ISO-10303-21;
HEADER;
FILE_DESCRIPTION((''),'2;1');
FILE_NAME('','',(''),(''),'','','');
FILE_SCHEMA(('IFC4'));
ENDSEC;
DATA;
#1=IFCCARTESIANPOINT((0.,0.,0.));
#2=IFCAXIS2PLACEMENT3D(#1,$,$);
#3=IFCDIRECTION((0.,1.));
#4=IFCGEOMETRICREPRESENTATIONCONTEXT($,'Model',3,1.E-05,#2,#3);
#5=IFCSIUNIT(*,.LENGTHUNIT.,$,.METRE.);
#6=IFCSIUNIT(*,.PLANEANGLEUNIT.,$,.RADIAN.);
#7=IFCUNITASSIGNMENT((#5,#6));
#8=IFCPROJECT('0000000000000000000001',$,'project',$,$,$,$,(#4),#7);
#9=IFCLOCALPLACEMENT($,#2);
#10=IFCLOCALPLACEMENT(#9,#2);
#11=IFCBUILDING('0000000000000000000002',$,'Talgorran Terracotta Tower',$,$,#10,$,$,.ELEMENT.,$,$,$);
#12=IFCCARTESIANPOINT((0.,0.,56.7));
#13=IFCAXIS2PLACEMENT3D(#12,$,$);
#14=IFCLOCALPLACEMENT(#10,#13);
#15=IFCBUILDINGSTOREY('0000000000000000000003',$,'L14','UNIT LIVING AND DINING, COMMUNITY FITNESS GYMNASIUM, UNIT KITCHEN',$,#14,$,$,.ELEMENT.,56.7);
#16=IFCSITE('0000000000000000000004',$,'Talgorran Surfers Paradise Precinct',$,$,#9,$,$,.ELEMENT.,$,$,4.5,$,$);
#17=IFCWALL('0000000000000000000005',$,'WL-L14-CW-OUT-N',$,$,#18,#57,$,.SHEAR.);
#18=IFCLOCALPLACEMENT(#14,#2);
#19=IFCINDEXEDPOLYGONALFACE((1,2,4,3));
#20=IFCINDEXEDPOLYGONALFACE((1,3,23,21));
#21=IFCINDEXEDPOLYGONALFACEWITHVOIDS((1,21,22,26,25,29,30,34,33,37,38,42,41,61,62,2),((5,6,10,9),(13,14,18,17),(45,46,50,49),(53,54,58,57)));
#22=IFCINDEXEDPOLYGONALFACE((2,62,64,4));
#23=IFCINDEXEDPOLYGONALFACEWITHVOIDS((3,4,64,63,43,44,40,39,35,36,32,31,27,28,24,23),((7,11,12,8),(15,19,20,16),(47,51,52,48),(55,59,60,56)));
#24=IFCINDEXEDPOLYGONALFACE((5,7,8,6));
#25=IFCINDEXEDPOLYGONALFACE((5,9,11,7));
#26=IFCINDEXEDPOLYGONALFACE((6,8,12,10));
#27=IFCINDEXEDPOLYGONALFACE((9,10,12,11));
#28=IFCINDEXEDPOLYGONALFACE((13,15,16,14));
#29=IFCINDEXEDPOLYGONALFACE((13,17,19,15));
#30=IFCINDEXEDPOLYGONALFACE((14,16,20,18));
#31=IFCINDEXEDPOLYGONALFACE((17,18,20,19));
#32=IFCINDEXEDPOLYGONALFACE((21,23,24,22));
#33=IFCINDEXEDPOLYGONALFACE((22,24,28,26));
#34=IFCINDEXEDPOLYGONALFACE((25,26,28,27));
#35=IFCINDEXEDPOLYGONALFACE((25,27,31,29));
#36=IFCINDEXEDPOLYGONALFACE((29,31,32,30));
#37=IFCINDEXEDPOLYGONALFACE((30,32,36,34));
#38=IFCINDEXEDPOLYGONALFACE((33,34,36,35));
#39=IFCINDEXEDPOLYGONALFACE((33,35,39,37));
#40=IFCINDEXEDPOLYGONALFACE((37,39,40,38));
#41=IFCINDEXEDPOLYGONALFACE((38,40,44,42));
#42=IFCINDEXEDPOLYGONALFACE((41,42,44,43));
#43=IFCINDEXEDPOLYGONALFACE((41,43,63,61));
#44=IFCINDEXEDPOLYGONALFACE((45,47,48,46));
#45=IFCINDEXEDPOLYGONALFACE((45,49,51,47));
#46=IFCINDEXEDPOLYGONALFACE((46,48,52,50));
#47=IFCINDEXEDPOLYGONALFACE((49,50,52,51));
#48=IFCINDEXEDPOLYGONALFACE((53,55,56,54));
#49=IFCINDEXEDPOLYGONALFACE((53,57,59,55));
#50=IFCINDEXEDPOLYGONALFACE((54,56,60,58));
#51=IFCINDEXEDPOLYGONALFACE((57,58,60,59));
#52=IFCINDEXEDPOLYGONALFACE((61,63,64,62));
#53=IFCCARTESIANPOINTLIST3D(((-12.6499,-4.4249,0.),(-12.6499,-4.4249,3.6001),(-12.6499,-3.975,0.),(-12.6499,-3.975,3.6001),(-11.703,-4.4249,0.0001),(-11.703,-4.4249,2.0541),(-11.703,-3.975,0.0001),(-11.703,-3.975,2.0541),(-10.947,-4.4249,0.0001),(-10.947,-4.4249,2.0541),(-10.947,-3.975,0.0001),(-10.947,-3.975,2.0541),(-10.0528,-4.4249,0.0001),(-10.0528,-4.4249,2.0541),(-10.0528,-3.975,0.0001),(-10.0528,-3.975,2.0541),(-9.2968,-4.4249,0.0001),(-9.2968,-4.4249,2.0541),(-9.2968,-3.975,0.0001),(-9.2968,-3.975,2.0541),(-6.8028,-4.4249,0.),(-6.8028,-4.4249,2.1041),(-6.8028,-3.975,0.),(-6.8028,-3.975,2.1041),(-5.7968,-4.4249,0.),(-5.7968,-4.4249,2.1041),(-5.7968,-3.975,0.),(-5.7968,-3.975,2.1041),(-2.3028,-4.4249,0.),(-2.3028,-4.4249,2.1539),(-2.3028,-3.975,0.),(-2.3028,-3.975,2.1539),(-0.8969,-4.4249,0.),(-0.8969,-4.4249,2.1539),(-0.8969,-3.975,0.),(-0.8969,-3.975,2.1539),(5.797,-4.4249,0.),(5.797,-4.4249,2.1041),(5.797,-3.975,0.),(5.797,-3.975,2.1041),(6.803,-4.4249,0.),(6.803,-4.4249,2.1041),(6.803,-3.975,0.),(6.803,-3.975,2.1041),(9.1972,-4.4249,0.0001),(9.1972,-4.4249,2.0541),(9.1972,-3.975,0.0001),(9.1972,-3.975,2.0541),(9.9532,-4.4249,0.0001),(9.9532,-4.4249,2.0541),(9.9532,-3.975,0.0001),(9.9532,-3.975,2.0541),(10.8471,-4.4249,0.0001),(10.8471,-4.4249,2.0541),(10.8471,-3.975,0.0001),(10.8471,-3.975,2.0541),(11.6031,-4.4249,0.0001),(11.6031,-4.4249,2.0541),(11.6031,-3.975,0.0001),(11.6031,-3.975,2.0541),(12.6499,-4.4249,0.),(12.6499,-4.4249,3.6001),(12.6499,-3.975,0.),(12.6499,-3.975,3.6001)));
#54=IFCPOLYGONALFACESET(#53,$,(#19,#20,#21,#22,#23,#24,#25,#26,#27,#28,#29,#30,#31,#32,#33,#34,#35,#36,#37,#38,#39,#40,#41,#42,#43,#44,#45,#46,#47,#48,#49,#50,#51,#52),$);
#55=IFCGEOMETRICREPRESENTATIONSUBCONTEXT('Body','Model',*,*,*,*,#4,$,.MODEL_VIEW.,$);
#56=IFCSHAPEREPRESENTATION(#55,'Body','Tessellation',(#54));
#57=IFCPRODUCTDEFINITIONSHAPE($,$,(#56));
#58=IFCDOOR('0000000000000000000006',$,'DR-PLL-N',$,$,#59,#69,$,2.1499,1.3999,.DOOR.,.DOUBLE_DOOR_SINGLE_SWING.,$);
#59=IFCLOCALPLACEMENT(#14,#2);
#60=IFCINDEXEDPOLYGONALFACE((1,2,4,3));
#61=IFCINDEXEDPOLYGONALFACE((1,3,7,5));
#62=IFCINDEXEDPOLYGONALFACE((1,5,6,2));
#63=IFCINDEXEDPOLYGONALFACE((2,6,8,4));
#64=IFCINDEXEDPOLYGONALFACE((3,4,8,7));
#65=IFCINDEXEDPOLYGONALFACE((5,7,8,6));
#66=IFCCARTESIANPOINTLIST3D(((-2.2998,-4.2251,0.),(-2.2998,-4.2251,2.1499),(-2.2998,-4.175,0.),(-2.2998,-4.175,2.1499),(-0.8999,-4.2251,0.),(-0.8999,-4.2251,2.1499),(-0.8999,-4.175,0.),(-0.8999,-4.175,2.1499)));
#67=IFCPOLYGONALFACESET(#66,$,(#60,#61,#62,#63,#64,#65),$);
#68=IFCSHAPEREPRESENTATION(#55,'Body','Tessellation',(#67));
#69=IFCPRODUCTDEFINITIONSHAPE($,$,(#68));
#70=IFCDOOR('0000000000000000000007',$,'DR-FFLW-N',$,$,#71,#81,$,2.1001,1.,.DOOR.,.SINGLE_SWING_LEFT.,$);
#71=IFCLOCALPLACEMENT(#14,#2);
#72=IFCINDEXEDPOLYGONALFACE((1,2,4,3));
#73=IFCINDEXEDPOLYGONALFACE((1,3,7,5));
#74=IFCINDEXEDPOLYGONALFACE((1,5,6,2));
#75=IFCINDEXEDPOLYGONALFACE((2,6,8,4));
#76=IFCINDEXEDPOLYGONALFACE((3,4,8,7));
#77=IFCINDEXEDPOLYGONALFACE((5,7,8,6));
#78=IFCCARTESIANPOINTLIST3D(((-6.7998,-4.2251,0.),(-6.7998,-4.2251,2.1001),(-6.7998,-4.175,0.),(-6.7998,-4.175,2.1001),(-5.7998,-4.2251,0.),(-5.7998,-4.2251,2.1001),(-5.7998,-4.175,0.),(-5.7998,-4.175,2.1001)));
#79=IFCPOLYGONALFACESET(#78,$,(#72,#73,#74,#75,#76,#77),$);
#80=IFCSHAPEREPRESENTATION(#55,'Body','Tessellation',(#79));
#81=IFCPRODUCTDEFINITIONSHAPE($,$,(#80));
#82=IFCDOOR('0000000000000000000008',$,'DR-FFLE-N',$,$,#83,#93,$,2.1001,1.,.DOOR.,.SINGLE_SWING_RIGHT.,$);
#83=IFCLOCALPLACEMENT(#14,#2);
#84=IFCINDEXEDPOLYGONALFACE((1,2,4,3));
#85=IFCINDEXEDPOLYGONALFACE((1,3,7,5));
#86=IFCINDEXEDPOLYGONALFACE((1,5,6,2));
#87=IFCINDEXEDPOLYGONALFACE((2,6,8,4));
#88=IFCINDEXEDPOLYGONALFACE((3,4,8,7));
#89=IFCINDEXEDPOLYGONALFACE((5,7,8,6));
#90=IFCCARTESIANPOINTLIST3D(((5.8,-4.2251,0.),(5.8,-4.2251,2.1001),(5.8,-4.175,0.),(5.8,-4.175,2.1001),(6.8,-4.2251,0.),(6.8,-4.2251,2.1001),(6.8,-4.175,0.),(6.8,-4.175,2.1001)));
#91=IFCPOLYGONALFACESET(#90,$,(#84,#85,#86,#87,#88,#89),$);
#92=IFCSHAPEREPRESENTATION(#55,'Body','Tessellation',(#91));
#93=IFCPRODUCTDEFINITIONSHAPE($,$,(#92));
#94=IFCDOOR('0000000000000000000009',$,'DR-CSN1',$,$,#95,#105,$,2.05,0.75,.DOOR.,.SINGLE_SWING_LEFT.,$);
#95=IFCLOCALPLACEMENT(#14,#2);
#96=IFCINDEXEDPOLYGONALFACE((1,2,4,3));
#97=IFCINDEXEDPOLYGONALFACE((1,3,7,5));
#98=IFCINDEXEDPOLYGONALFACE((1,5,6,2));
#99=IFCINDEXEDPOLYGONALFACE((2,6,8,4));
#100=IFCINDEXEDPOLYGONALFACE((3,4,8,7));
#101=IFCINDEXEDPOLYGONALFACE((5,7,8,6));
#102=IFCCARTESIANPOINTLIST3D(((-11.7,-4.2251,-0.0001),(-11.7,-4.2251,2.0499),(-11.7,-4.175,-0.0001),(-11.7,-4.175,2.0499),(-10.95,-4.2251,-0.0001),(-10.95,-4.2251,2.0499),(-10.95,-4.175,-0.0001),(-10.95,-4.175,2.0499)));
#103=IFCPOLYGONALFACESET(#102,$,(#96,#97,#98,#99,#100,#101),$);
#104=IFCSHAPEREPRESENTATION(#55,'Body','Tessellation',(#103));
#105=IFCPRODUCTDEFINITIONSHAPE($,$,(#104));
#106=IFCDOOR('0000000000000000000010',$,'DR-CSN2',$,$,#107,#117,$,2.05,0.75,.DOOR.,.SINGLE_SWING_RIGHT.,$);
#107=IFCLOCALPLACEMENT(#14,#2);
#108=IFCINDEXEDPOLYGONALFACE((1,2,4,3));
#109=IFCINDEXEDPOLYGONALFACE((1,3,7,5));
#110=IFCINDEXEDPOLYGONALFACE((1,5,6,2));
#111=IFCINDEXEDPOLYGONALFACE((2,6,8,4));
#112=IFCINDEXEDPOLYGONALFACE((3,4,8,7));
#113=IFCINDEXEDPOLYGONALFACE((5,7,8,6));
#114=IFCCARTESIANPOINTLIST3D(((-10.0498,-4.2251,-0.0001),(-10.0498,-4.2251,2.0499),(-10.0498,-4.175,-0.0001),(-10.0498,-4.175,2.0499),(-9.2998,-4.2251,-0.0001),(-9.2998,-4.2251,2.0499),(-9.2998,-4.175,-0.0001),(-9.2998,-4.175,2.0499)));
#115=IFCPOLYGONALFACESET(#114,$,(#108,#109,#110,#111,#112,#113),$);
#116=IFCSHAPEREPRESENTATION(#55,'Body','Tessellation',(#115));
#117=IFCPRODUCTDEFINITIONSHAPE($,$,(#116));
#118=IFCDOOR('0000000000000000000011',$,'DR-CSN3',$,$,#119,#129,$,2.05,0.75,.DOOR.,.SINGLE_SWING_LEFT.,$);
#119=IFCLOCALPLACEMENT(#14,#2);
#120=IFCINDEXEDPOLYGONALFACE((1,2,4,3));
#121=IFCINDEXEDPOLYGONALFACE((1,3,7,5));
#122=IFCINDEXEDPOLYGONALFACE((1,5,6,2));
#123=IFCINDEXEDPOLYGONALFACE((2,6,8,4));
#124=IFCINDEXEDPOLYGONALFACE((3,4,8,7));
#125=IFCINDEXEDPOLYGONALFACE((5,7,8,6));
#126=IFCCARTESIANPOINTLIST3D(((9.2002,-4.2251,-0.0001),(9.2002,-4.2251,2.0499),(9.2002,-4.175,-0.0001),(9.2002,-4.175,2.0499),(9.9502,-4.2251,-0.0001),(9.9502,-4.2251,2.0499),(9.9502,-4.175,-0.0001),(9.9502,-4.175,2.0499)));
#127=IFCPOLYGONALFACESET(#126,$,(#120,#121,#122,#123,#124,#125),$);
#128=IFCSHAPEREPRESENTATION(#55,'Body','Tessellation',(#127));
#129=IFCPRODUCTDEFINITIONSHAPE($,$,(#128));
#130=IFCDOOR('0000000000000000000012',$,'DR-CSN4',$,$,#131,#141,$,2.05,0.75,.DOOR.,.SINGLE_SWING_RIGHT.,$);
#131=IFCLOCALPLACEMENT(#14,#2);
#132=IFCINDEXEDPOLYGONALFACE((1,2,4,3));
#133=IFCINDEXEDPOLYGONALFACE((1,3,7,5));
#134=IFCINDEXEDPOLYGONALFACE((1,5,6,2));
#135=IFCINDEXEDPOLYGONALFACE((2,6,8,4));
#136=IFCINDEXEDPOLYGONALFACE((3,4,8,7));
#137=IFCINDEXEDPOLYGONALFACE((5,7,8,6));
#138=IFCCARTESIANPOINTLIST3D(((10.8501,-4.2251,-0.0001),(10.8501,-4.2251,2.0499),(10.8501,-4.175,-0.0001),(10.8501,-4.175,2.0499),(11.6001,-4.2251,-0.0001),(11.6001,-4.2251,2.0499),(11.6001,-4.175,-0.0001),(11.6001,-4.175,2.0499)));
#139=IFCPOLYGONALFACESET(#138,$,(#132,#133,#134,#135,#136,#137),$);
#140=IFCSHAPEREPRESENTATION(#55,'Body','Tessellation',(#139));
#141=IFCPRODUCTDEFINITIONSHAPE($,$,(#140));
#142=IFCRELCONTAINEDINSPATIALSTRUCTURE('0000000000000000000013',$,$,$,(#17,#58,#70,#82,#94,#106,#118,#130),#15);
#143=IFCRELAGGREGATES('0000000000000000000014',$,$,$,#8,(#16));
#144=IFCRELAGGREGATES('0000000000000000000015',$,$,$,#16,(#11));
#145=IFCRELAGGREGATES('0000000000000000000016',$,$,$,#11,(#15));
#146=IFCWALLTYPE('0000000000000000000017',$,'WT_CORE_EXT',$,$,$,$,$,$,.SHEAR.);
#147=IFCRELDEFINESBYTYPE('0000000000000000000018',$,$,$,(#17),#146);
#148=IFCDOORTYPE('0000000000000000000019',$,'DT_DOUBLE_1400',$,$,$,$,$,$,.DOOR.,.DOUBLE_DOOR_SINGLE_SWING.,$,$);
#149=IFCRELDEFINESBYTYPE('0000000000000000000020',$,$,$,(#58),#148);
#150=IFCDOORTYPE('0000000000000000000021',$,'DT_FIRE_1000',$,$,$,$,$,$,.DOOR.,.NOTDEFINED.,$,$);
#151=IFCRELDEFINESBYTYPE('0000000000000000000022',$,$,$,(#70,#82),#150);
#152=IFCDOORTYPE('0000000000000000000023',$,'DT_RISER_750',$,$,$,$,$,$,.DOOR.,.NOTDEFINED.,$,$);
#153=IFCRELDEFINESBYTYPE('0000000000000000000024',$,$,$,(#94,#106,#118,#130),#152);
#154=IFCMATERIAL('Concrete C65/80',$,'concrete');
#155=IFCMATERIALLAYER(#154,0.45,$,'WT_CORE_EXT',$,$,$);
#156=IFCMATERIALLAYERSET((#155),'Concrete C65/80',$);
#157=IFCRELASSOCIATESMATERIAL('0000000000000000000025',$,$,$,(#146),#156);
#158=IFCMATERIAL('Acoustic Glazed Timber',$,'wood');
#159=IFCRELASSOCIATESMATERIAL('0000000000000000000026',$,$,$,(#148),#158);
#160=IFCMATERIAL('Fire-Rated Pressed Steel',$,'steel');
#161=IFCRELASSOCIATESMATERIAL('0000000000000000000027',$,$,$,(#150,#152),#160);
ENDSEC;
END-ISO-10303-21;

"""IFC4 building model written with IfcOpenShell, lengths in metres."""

from ifc_helpers import new_model, si_unit, direction, frame, frame_2d, origin, place, context, subcontext, project, spatial, rectangle, extrude, material, layer, layer_set, type_object, element, fill, save


model = new_model("IFC4")

# Units and contexts
model_context = context("Model", 3, precision=1e-05, world=origin(), true_north=direction((0.0, 1.0)))
body_context = subcontext(model_context, "Body", "Model", "MODEL_VIEW")
ifc_project = project(units=[si_unit("LENGTHUNIT", "METRE"), si_unit("PLANEANGLEUNIT", "RADIAN")], contexts=[model_context])

# Site, building, storey
site_placement = place(None, origin())
site = spatial("IfcSite", under=ifc_project, at=site_placement, Name="Talgorran Surfers Paradise Precinct", CompositionType="ELEMENT", RefElevation=4.5)
building_placement = place(site_placement, origin())
building = spatial("IfcBuilding", under=site, at=building_placement, Name="Talgorran Terracotta Tower", CompositionType="ELEMENT")
storey_placement = place(building_placement, frame((0.0, 0.0, 56.7)))
storey = spatial("IfcBuildingStorey", under=building, at=storey_placement, Name="L14", Description="UNIT LIVING AND DINING, COMMUNITY FITNESS GYMNASIUM, UNIT KITCHEN", CompositionType="ELEMENT", Elevation=56.7)

# Wall, openings, doors
ifc_material_1 = material(Name="Concrete C65/80", Category="concrete")
ifc_layer_1 = layer(ifc_material_1, 0.45, Name="WT_CORE_EXT")
ifc_layer_set_1 = layer_set([ifc_layer_1], Name="Concrete C65/80")
wall_type_1 = type_object("IfcWallType", Name="WT_CORE_EXT", PredefinedType="SHEAR", material=ifc_layer_set_1)
wall_1_placement = place(storey_placement, frame((-12.6499, -4.2, 0.0), z_axis=(0.0, 0.0, 1.0), x_axis=(1.0, 0.0, 0.0)))
wall_1 = element("IfcWall", 1, at=wall_1_placement, inside=storey, type_object=wall_type_1, Name="WL-L14-CW-OUT-N", PredefinedType="SHEAR", context=body_context, shape_type="SweptSolid", body=[
    extrude(rectangle(XDim=25.2998, YDim=0.45, at=frame_2d((12.6499, 0.0))), origin(), (0.0, 0.0, 1.0), 3.6001),
])
opening_1_placement = place(wall_1_placement, frame((0.95, 0.0, 0.0)))
opening_1 = element("IfcOpeningElement", 2, at=opening_1_placement, cuts=wall_1, PredefinedType="OPENING", context=body_context, shape_type="SweptSolid", body=[
    extrude(rectangle(XDim=0.756, YDim=2.054, at=frame_2d((0.375, 1.0271))), frame((0.0, 0.2349, 0.0), z_axis=(0.0, -1.0, 0.0), x_axis=(1.0, 0.0, 0.0)), (0.0, 0.0, 1.0), 0.47),
])
opening_2_placement = place(wall_1_placement, frame((2.6001, 0.0, 0.0)))
opening_2 = element("IfcOpeningElement", 3, at=opening_2_placement, cuts=wall_1, PredefinedType="OPENING", context=body_context, shape_type="SweptSolid", body=[
    extrude(rectangle(XDim=0.756, YDim=2.054, at=frame_2d((0.375, 1.0271))), frame((0.0, 0.2349, 0.0), z_axis=(0.0, -1.0, 0.0), x_axis=(1.0, 0.0, 0.0)), (0.0, 0.0, 1.0), 0.47),
])
opening_3_placement = place(wall_1_placement, frame((21.8501, 0.0, 0.0)))
opening_3 = element("IfcOpeningElement", 4, at=opening_3_placement, cuts=wall_1, PredefinedType="OPENING", context=body_context, shape_type="SweptSolid", body=[
    extrude(rectangle(XDim=0.756, YDim=2.054, at=frame_2d((0.375, 1.0271))), frame((0.0, 0.2349, 0.0), z_axis=(0.0, -1.0, 0.0), x_axis=(1.0, 0.0, 0.0)), (0.0, 0.0, 1.0), 0.47),
])
opening_4_placement = place(wall_1_placement, frame((23.5, 0.0, 0.0)))
opening_4 = element("IfcOpeningElement", 5, at=opening_4_placement, cuts=wall_1, PredefinedType="OPENING", context=body_context, shape_type="SweptSolid", body=[
    extrude(rectangle(XDim=0.756, YDim=2.054, at=frame_2d((0.375, 1.0271))), frame((0.0, 0.2349, 0.0), z_axis=(0.0, -1.0, 0.0), x_axis=(1.0, 0.0, 0.0)), (0.0, 0.0, 1.0), 0.47),
])
opening_5_placement = place(wall_1_placement, frame((5.8501, 0.0, 0.0)))
opening_5 = element("IfcOpeningElement", 6, at=opening_5_placement, cuts=wall_1, PredefinedType="OPENING", context=body_context, shape_type="SweptSolid", body=[
    extrude(rectangle(XDim=1.006, YDim=2.1041, at=frame_2d((0.5, 1.052))), frame((0.0, 0.2349, 0.0), z_axis=(0.0, -1.0, 0.0), x_axis=(1.0, 0.0, 0.0)), (0.0, 0.0, 1.0), 0.47),
])
opening_6_placement = place(wall_1_placement, frame((10.3501, 0.0, 0.0)))
opening_6 = element("IfcOpeningElement", 7, at=opening_6_placement, cuts=wall_1, PredefinedType="OPENING", context=body_context, shape_type="SweptSolid", body=[
    extrude(rectangle(XDim=1.4059, YDim=2.1539, at=frame_2d((0.7, 1.0769))), frame((0.0, 0.2349, 0.0), z_axis=(0.0, -1.0, 0.0), x_axis=(1.0, 0.0, 0.0)), (0.0, 0.0, 1.0), 0.47),
])
opening_7_placement = place(wall_1_placement, frame((18.45, 0.0, 0.0)))
opening_7 = element("IfcOpeningElement", 8, at=opening_7_placement, cuts=wall_1, PredefinedType="OPENING", context=body_context, shape_type="SweptSolid", body=[
    extrude(rectangle(XDim=1.006, YDim=2.1041, at=frame_2d((0.5, 1.052))), frame((0.0, 0.2349, 0.0), z_axis=(0.0, -1.0, 0.0), x_axis=(1.0, 0.0, 0.0)), (0.0, 0.0, 1.0), 0.47),
])
ifc_material_2 = material(Name="Acoustic Glazed Timber", Category="wood")
door_type_1 = type_object("IfcDoorType", Name="DT_DOUBLE_1400", OperationType="DOUBLE_DOOR_SINGLE_SWING", PredefinedType="DOOR", material=ifc_material_2)
door_1_placement = place(opening_6_placement, origin())
door_1 = element("IfcDoor", 9, at=door_1_placement, inside=storey, type_object=door_type_1, Name="DR-PLL-N", OperationType="DOUBLE_DOOR_SINGLE_SWING", OverallHeight=2.1499, OverallWidth=1.3999, PredefinedType="DOOR", context=body_context, shape_type="SweptSolid", body=[
    extrude(rectangle(XDim=1.3999, YDim=2.1499, at=frame_2d((0.7, 1.075))), frame((0.0, 0.0249, 0.0), z_axis=(0.0, -1.0, 0.0), x_axis=(1.0, 0.0, 0.0)), (0.0, 0.0, 1.0), 0.05),
])
fill(opening_6, door_1)
ifc_material_3 = material(Name="Fire-Rated Pressed Steel", Category="steel")
door_type_2 = type_object("IfcDoorType", Name="DT_FIRE_1000", OperationType="NOTDEFINED", PredefinedType="DOOR", material=ifc_material_3)
door_2_placement = place(opening_5_placement, origin())
door_2 = element("IfcDoor", 10, at=door_2_placement, inside=storey, type_object=door_type_2, Name="DR-FFLW-N", OperationType="SINGLE_SWING_LEFT", OverallHeight=2.1001, OverallWidth=1.0, PredefinedType="DOOR", context=body_context, shape_type="SweptSolid", body=[
    extrude(rectangle(XDim=1.0, YDim=2.1001, at=frame_2d((0.5, 1.05))), frame((0.0, 0.0249, 0.0), z_axis=(0.0, -1.0, 0.0), x_axis=(1.0, 0.0, 0.0)), (0.0, 0.0, 1.0), 0.05),
])
fill(opening_5, door_2)
door_3_placement = place(opening_7_placement, origin())
door_3 = element("IfcDoor", 11, at=door_3_placement, inside=storey, type_object=door_type_2, Name="DR-FFLE-N", OperationType="SINGLE_SWING_RIGHT", OverallHeight=2.1001, OverallWidth=1.0, PredefinedType="DOOR", context=body_context, shape_type="SweptSolid", body=[
    extrude(rectangle(XDim=1.0, YDim=2.1001, at=frame_2d((0.5, 1.05))), frame((0.0, 0.0249, 0.0), z_axis=(0.0, -1.0, 0.0), x_axis=(1.0, 0.0, 0.0)), (0.0, 0.0, 1.0), 0.05),
])
fill(opening_7, door_3)
door_type_3 = type_object("IfcDoorType", Name="DT_RISER_750", OperationType="NOTDEFINED", PredefinedType="DOOR", material=ifc_material_3)
door_4_placement = place(opening_1_placement, origin())
door_4 = element("IfcDoor", 12, at=door_4_placement, inside=storey, type_object=door_type_3, Name="DR-CSN1", OperationType="SINGLE_SWING_LEFT", OverallHeight=2.05, OverallWidth=0.75, PredefinedType="DOOR", context=body_context, shape_type="SweptSolid", body=[
    extrude(rectangle(XDim=0.75, YDim=2.05, at=frame_2d((0.375, 1.0249))), frame((0.0, 0.0249, 0.0), z_axis=(0.0, -1.0, 0.0), x_axis=(1.0, 0.0, 0.0)), (0.0, 0.0, 1.0), 0.05),
])
fill(opening_1, door_4)
door_5_placement = place(opening_2_placement, origin())
door_5 = element("IfcDoor", 13, at=door_5_placement, inside=storey, type_object=door_type_3, Name="DR-CSN2", OperationType="SINGLE_SWING_RIGHT", OverallHeight=2.05, OverallWidth=0.75, PredefinedType="DOOR", context=body_context, shape_type="SweptSolid", body=[
    extrude(rectangle(XDim=0.75, YDim=2.05, at=frame_2d((0.375, 1.0249))), frame((0.0, 0.0249, 0.0), z_axis=(0.0, -1.0, 0.0), x_axis=(1.0, 0.0, 0.0)), (0.0, 0.0, 1.0), 0.05),
])
fill(opening_2, door_5)
door_6_placement = place(opening_3_placement, origin())
door_6 = element("IfcDoor", 14, at=door_6_placement, inside=storey, type_object=door_type_3, Name="DR-CSN3", OperationType="SINGLE_SWING_LEFT", OverallHeight=2.05, OverallWidth=0.75, PredefinedType="DOOR", context=body_context, shape_type="SweptSolid", body=[
    extrude(rectangle(XDim=0.75, YDim=2.05, at=frame_2d((0.375, 1.0249))), frame((0.0, 0.0249, 0.0), z_axis=(0.0, -1.0, 0.0), x_axis=(1.0, 0.0, 0.0)), (0.0, 0.0, 1.0), 0.05),
])
fill(opening_3, door_6)
door_7_placement = place(opening_4_placement, origin())
door_7 = element("IfcDoor", 15, at=door_7_placement, inside=storey, type_object=door_type_3, Name="DR-CSN4", OperationType="SINGLE_SWING_RIGHT", OverallHeight=2.05, OverallWidth=0.75, PredefinedType="DOOR", context=body_context, shape_type="SweptSolid", body=[
    extrude(rectangle(XDim=0.75, YDim=2.05, at=frame_2d((0.375, 1.0249))), frame((0.0, 0.0249, 0.0), z_axis=(0.0, -1.0, 0.0), x_axis=(1.0, 0.0, 0.0)), (0.0, 0.0, 1.0), 0.05),
])
fill(opening_4, door_7)

save(model, "model.ifc")
